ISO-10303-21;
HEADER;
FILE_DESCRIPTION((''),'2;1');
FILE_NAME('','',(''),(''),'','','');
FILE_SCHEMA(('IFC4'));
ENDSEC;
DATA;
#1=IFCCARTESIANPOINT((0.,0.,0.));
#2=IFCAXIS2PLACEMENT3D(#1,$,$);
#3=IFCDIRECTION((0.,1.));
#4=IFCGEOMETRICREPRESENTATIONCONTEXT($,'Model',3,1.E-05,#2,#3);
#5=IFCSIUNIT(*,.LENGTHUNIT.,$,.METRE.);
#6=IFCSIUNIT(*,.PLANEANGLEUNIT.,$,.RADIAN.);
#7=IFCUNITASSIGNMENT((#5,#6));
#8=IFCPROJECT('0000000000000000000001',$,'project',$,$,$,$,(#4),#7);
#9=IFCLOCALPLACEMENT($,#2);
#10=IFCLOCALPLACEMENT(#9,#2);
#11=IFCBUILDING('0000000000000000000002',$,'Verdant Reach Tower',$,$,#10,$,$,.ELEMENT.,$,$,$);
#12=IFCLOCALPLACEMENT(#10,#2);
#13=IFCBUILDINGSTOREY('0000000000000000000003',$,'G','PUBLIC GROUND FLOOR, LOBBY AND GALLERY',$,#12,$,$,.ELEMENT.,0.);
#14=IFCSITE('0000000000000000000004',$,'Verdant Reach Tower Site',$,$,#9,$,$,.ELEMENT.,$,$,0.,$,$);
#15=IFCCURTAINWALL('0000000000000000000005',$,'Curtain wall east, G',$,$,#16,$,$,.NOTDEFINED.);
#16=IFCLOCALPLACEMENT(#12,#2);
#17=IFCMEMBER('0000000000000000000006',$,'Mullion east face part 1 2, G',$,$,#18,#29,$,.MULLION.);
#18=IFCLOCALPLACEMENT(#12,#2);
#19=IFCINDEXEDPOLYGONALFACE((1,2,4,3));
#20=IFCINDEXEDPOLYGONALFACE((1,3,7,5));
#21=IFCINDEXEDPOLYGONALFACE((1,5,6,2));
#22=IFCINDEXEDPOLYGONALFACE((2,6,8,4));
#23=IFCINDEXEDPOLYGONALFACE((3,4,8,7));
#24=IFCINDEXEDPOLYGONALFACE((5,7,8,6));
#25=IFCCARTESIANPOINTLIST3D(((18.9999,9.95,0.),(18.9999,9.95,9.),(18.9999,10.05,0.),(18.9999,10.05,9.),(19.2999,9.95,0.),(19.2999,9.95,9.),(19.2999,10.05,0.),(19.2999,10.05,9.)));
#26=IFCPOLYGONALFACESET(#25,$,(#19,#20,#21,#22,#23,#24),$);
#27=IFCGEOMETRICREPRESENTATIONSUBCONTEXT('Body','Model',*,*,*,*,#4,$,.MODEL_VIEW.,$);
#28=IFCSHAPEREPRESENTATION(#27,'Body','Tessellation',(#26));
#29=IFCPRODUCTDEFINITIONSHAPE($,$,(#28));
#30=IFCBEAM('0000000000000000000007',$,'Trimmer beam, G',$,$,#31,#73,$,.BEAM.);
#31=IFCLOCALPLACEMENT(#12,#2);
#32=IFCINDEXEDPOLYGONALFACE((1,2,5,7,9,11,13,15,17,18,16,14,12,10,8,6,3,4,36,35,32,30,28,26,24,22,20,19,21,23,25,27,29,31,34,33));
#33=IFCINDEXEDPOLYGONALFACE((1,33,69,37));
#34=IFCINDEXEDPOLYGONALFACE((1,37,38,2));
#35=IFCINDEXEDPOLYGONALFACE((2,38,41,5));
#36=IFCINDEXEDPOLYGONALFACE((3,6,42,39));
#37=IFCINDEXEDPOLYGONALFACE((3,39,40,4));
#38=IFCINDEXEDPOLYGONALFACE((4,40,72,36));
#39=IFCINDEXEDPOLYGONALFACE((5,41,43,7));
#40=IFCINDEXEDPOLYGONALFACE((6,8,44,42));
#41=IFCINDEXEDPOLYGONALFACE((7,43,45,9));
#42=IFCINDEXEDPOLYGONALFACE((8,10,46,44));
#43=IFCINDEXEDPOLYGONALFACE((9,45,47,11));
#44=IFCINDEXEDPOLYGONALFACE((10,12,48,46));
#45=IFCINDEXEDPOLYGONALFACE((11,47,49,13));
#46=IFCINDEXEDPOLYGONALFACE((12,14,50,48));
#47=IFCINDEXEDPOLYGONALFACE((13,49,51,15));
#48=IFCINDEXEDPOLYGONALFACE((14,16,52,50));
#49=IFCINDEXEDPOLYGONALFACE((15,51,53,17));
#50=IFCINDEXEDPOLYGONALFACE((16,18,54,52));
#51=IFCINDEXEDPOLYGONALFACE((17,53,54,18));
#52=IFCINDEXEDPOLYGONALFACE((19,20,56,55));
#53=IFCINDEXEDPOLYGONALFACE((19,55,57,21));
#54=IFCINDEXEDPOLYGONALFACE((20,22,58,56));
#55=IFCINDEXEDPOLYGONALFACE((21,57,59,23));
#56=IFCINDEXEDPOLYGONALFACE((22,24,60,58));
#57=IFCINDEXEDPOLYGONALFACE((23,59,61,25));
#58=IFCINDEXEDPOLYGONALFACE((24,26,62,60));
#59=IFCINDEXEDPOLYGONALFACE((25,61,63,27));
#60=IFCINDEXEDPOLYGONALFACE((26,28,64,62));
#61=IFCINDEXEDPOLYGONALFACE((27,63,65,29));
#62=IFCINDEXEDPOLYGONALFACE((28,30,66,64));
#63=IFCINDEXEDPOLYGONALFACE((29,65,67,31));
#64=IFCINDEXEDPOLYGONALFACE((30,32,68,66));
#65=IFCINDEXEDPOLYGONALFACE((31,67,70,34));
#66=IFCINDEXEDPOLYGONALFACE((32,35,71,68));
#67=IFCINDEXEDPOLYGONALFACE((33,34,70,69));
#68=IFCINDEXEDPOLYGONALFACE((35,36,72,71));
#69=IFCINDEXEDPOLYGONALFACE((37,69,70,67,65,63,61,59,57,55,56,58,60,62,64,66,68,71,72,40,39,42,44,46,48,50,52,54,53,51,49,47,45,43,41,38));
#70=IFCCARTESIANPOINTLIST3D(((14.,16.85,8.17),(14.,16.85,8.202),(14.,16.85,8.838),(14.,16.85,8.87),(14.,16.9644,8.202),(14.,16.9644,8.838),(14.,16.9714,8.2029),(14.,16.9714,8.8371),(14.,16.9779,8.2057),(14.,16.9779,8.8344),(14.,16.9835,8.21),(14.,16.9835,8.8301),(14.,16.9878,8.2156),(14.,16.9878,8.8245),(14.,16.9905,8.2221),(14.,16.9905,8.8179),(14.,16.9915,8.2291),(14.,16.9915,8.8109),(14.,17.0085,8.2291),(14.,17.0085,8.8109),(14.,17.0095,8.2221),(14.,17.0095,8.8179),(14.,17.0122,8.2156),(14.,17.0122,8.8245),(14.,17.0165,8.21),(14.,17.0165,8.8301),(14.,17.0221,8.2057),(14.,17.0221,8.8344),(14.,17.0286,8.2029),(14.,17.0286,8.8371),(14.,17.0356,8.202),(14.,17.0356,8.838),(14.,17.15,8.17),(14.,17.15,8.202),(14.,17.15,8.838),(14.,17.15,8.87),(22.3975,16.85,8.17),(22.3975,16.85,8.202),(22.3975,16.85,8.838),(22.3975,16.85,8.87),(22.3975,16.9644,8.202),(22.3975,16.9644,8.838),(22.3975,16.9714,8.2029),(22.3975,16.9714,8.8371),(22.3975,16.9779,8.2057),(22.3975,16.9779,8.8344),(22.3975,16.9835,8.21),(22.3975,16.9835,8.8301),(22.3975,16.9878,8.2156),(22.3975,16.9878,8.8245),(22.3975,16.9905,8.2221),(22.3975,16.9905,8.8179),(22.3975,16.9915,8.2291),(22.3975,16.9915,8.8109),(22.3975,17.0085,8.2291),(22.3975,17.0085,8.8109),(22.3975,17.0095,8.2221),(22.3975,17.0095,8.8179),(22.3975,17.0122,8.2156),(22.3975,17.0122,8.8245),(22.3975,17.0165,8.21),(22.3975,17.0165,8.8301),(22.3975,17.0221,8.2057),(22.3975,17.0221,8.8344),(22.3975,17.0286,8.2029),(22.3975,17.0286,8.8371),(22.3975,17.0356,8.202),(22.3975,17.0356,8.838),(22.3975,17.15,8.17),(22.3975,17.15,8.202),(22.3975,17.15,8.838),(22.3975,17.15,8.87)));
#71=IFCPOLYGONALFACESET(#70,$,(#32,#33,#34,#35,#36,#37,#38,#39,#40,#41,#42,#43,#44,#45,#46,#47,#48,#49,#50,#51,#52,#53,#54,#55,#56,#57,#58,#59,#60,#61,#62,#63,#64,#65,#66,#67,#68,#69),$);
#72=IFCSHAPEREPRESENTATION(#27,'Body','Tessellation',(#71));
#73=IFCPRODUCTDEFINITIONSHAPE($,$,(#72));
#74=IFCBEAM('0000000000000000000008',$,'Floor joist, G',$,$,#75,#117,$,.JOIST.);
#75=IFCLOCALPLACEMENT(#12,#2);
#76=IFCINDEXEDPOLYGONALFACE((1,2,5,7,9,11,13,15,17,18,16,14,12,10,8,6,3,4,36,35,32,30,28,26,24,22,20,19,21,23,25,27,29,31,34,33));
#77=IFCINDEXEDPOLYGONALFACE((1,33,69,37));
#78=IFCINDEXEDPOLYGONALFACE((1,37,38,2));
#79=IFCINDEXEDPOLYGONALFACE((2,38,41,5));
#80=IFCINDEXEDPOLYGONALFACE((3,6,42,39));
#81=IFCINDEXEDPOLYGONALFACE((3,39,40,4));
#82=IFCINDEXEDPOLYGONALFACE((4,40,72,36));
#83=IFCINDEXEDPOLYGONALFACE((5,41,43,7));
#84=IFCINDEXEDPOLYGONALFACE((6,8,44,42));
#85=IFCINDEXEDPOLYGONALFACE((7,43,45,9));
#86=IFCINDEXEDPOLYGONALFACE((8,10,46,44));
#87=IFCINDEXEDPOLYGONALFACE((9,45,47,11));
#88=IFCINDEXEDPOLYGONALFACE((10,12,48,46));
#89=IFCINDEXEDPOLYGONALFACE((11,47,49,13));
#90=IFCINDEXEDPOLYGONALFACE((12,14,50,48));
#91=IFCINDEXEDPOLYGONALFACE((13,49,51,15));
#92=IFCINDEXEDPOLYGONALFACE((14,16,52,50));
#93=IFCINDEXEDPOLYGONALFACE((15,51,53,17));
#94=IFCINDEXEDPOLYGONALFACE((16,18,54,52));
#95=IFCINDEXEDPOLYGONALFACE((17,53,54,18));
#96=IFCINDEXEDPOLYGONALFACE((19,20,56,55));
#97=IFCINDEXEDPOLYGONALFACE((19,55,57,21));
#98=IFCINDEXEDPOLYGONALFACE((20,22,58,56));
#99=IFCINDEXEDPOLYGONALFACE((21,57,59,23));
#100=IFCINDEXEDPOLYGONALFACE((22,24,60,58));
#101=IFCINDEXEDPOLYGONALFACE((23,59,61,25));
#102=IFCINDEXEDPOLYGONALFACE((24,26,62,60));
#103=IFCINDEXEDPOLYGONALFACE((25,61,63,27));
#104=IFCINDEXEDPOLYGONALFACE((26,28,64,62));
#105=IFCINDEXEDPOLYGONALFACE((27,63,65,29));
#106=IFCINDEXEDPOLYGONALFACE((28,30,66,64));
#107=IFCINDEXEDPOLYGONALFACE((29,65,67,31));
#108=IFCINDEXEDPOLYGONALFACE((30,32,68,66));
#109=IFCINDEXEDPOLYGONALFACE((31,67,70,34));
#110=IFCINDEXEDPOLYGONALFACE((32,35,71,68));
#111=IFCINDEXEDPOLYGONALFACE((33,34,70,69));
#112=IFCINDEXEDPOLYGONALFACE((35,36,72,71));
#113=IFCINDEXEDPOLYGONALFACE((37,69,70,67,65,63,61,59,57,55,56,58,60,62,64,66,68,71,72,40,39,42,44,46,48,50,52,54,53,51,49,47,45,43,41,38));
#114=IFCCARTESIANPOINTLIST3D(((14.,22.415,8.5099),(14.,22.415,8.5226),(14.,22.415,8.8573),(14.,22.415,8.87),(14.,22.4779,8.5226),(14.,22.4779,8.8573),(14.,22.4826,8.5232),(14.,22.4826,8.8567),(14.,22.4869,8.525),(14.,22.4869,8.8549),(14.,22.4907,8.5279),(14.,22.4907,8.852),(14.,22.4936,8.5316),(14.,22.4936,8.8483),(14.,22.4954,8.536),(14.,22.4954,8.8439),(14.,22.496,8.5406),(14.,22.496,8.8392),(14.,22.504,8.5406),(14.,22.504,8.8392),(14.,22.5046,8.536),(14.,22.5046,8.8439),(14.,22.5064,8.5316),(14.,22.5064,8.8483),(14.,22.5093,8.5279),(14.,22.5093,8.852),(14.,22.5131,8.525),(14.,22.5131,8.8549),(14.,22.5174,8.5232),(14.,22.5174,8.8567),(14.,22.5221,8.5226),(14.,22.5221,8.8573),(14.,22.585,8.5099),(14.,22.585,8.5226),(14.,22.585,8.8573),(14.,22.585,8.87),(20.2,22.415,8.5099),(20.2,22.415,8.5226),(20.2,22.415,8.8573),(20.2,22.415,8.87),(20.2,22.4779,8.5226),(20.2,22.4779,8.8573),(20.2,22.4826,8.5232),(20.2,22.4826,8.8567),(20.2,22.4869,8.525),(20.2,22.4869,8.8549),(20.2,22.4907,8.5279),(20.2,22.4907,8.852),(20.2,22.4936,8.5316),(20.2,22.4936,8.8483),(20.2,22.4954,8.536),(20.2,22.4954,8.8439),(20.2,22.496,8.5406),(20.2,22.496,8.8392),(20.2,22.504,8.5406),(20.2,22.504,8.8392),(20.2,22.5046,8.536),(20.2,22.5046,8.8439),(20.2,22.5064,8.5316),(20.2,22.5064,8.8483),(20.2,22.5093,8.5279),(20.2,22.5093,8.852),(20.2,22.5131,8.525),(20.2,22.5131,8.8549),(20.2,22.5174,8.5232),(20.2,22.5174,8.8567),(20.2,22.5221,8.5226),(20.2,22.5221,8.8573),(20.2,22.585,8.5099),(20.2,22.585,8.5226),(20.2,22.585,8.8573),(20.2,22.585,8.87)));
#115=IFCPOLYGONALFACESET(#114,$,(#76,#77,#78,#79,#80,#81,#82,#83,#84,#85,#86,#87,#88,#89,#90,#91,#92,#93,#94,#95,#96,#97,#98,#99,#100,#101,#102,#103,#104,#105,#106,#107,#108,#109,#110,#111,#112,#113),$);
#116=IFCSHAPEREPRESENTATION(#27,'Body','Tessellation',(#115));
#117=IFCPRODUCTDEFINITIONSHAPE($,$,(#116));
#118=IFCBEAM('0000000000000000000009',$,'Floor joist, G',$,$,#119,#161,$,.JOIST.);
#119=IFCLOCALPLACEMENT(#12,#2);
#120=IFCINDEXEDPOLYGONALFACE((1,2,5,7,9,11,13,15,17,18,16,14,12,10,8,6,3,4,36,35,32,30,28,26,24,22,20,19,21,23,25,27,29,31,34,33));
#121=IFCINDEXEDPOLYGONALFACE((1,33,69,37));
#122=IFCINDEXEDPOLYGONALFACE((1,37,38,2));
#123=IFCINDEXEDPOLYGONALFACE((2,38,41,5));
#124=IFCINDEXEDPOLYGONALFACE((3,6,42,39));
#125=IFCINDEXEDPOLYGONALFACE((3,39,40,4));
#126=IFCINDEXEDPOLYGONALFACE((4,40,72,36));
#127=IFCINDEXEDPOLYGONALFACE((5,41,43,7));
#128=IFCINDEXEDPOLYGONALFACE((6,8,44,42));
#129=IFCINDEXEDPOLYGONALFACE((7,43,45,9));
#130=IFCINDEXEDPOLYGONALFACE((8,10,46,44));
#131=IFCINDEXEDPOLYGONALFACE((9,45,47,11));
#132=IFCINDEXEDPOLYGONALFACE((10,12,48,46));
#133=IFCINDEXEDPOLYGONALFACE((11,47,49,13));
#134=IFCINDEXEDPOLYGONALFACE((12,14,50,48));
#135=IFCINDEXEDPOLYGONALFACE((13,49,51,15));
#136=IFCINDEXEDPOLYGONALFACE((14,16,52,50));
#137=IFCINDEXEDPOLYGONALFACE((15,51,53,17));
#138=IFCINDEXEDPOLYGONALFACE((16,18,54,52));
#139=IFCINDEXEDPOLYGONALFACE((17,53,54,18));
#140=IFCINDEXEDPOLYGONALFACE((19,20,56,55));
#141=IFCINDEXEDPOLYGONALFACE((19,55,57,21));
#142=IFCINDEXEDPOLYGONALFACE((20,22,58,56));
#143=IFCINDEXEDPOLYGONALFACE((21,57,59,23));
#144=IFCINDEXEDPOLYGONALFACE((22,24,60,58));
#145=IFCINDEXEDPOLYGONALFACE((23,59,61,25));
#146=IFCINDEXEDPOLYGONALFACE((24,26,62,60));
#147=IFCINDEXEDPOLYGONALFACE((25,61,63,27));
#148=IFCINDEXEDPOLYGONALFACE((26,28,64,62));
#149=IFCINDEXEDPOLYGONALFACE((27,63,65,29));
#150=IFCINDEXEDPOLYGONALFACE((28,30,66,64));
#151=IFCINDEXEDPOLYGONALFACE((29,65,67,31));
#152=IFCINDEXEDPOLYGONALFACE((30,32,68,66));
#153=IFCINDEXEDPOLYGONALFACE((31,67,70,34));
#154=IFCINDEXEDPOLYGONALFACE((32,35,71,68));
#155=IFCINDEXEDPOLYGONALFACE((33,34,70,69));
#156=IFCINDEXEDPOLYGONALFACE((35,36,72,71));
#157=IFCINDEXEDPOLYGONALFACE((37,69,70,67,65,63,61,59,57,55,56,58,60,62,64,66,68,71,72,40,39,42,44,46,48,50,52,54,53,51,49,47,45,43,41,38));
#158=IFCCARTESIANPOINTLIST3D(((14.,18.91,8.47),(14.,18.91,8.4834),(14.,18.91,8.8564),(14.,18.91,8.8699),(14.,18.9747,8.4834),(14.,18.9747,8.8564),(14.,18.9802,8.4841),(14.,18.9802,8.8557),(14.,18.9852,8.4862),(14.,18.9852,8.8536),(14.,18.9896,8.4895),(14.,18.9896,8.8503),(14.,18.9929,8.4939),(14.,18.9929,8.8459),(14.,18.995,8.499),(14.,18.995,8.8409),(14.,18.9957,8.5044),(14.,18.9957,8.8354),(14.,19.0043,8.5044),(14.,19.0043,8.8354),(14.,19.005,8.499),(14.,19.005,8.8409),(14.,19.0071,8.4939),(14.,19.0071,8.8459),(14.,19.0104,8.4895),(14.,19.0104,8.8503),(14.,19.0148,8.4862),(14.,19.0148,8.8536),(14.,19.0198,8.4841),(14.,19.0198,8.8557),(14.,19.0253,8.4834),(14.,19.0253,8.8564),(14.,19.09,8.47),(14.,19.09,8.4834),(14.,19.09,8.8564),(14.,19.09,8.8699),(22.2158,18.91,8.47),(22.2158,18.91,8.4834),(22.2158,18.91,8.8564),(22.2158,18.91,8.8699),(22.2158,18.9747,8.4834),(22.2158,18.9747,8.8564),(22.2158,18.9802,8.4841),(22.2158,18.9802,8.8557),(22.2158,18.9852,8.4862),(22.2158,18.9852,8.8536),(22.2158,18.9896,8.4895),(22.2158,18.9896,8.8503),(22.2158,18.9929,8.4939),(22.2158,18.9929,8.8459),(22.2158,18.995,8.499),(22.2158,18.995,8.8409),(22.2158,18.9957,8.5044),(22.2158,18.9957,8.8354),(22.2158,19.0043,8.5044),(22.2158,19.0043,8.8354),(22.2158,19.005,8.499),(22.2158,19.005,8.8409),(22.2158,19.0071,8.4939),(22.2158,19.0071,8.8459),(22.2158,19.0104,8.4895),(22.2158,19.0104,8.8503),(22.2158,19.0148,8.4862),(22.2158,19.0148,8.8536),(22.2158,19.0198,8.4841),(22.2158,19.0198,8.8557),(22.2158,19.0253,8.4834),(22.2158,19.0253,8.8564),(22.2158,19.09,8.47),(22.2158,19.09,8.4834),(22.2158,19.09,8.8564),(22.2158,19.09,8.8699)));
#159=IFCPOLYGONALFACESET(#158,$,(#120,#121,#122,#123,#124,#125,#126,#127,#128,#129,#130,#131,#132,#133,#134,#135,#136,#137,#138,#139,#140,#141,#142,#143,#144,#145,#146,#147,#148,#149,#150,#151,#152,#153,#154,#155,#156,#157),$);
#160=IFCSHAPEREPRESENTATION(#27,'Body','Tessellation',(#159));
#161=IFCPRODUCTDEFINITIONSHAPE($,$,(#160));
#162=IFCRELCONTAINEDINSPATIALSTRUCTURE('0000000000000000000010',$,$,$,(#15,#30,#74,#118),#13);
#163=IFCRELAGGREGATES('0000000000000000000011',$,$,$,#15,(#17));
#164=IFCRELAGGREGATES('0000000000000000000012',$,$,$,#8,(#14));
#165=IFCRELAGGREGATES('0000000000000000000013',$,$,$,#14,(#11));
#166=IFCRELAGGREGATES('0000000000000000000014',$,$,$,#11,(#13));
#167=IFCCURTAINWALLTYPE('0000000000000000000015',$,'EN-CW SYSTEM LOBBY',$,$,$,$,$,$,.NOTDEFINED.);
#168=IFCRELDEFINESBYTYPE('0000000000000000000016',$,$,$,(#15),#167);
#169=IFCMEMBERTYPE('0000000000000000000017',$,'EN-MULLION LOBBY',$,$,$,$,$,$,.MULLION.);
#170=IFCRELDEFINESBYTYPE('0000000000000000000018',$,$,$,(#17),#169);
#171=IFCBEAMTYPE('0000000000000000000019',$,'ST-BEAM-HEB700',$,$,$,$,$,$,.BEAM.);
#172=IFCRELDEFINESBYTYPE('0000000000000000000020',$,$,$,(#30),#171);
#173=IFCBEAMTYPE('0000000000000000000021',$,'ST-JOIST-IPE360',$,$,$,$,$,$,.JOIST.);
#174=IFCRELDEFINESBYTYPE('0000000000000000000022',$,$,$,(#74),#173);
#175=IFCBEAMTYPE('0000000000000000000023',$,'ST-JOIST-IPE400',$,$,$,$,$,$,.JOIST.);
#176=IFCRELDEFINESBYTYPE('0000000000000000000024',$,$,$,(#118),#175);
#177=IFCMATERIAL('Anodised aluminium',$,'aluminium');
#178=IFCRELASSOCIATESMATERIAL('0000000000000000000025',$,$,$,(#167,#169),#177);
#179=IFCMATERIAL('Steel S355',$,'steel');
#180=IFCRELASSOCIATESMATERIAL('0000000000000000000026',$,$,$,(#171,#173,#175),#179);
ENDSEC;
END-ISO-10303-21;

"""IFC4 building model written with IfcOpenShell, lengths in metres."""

from ifc_helpers import new_model, si_unit, direction, frame, origin, origin_2d, place, context, subcontext, project, spatial, rectangle, i_section, extrude, material, material_profile, profile_set, type_object, element, aggregate, save


model = new_model("IFC4")

# Units and contexts
model_context = context("Model", 3, precision=1e-05, world=origin(), true_north=direction((0.0, 1.0)))
body_context = subcontext(model_context, "Body", "Model", "MODEL_VIEW")
ifc_project = project(units=[si_unit("LENGTHUNIT", "METRE"), si_unit("PLANEANGLEUNIT", "RADIAN")], contexts=[model_context])

# Site, building, storey
site_placement = place(None, origin())
site = spatial("IfcSite", under=ifc_project, at=site_placement, Name="Verdant Reach Tower Site", CompositionType="ELEMENT", RefElevation=0.0)
building_placement = place(site_placement, origin())
building = spatial("IfcBuilding", under=site, at=building_placement, Name="Verdant Reach Tower", CompositionType="ELEMENT")
storey_placement = place(building_placement, origin())
storey = spatial("IfcBuildingStorey", under=building, at=storey_placement, Name="G", Description="PUBLIC GROUND FLOOR, LOBBY AND GALLERY", CompositionType="ELEMENT", Elevation=0.0)

# Curtain wall, member
ifc_material_1 = material(Name="Anodised aluminium", Category="aluminium")
curtain_wall_type = type_object("IfcCurtainWallType", Name="EN-CW SYSTEM LOBBY", PredefinedType="NOTDEFINED", material=ifc_material_1)
curtain_wall_placement = place(storey_placement, origin())
curtain_wall = element("IfcCurtainWall", 1, at=curtain_wall_placement, inside=storey, type_object=curtain_wall_type, Name="Curtain wall east, G", PredefinedType="NOTDEFINED")
ifc_material_profile_1 = material_profile(ifc_material_1, rectangle(XDim=0.3, YDim=0.1001, at=origin_2d()), Name="Mullion 100x300")
ifc_profile_set_1 = profile_set([ifc_material_profile_1], Name="Anodised aluminium")
member_type = type_object("IfcMemberType", Name="EN-MULLION LOBBY", PredefinedType="MULLION", material=ifc_profile_set_1)
member_placement = place(storey_placement, frame((19.1499, 10.0, 0.0), z_axis=(0.0, 0.0, 1.0), x_axis=(1.0, 0.0, 0.0)))
member = element("IfcMember", 2, at=member_placement, type_object=member_type, Name="Mullion east face part 1 2, G", PredefinedType="MULLION", context=body_context, shape_type="SweptSolid", body=[
    extrude(rectangle(XDim=0.3, YDim=0.1001, at=origin_2d()), origin(), (0.0, 0.0, 1.0), 9.0),
])

# Beams
ifc_material_2 = material(Name="Steel S355", Category="steel")
ifc_material_profile_2 = material_profile(ifc_material_2, i_section(OverallWidth=0.3, OverallDepth=0.7, WebThickness=0.0171, FlangeThickness=0.032, FilletRadius=0.0271, at=origin_2d()), Name="HEB 700")
ifc_profile_set_2 = profile_set([ifc_material_profile_2], Name="Steel S355")
beam_type_1 = type_object("IfcBeamType", Name="ST-BEAM-HEB700", PredefinedType="BEAM", material=ifc_profile_set_2)
beam_1_placement = place(storey_placement, frame((14.0, 17.0, 8.52), z_axis=(1.0, 0.0, 0.0), x_axis=(0.0, 1.0, 0.0)))
element("IfcBeam", 3, at=beam_1_placement, inside=storey, type_object=beam_type_1, Name="Trimmer beam, G", PredefinedType="BEAM", context=body_context, shape_type="SweptSolid", body=[
    extrude(i_section(OverallWidth=0.3, OverallDepth=0.7, WebThickness=0.0171, FlangeThickness=0.032, FilletRadius=0.0271, at=origin_2d()), origin(), (0.0, 0.0, 1.0), 8.3975),
])
ifc_material_profile_3 = material_profile(ifc_material_2, i_section(OverallWidth=0.1699, OverallDepth=0.3601, WebThickness=0.0081, FlangeThickness=0.0127, FilletRadius=0.0181, at=origin_2d()), Name="IPE 360")
ifc_profile_set_3 = profile_set([ifc_material_profile_3], Name="Steel S355")
beam_type_2 = type_object("IfcBeamType", Name="ST-JOIST-IPE360", PredefinedType="JOIST", material=ifc_profile_set_3)
beam_2_placement = place(storey_placement, frame((14.0, 22.5, 8.6899), z_axis=(1.0, 0.0, 0.0), x_axis=(0.0, 1.0, 0.0)))
element("IfcBeam", 4, at=beam_2_placement, inside=storey, type_object=beam_type_2, Name="Floor joist, G", PredefinedType="JOIST", context=body_context, shape_type="SweptSolid", body=[
    extrude(i_section(OverallWidth=0.1699, OverallDepth=0.3601, WebThickness=0.0081, FlangeThickness=0.0127, FilletRadius=0.0181, at=origin_2d()), origin(), (0.0, 0.0, 1.0), 6.2),
])
ifc_material_profile_4 = material_profile(ifc_material_2, i_section(OverallWidth=0.1799, OverallDepth=0.3999, WebThickness=0.0085, FlangeThickness=0.0134, FilletRadius=0.021, at=origin_2d()), Name="IPE 400")
ifc_profile_set_4 = profile_set([ifc_material_profile_4], Name="Steel S355")
beam_type_3 = type_object("IfcBeamType", Name="ST-JOIST-IPE400", PredefinedType="JOIST", material=ifc_profile_set_4)
beam_3_placement = place(storey_placement, frame((14.0, 19.0, 8.6699), z_axis=(1.0, 0.0, 0.0), x_axis=(0.0, 1.0, 0.0)))
element("IfcBeam", 5, at=beam_3_placement, inside=storey, type_object=beam_type_3, Name="Floor joist, G", PredefinedType="JOIST", context=body_context, shape_type="SweptSolid", body=[
    extrude(i_section(OverallWidth=0.1799, OverallDepth=0.3999, WebThickness=0.0085, FlangeThickness=0.0134, FilletRadius=0.021, at=origin_2d()), origin(), (0.0, 0.0, 1.0), 8.2158),
])

aggregate(curtain_wall, [member])

save(model, "model.ifc")
